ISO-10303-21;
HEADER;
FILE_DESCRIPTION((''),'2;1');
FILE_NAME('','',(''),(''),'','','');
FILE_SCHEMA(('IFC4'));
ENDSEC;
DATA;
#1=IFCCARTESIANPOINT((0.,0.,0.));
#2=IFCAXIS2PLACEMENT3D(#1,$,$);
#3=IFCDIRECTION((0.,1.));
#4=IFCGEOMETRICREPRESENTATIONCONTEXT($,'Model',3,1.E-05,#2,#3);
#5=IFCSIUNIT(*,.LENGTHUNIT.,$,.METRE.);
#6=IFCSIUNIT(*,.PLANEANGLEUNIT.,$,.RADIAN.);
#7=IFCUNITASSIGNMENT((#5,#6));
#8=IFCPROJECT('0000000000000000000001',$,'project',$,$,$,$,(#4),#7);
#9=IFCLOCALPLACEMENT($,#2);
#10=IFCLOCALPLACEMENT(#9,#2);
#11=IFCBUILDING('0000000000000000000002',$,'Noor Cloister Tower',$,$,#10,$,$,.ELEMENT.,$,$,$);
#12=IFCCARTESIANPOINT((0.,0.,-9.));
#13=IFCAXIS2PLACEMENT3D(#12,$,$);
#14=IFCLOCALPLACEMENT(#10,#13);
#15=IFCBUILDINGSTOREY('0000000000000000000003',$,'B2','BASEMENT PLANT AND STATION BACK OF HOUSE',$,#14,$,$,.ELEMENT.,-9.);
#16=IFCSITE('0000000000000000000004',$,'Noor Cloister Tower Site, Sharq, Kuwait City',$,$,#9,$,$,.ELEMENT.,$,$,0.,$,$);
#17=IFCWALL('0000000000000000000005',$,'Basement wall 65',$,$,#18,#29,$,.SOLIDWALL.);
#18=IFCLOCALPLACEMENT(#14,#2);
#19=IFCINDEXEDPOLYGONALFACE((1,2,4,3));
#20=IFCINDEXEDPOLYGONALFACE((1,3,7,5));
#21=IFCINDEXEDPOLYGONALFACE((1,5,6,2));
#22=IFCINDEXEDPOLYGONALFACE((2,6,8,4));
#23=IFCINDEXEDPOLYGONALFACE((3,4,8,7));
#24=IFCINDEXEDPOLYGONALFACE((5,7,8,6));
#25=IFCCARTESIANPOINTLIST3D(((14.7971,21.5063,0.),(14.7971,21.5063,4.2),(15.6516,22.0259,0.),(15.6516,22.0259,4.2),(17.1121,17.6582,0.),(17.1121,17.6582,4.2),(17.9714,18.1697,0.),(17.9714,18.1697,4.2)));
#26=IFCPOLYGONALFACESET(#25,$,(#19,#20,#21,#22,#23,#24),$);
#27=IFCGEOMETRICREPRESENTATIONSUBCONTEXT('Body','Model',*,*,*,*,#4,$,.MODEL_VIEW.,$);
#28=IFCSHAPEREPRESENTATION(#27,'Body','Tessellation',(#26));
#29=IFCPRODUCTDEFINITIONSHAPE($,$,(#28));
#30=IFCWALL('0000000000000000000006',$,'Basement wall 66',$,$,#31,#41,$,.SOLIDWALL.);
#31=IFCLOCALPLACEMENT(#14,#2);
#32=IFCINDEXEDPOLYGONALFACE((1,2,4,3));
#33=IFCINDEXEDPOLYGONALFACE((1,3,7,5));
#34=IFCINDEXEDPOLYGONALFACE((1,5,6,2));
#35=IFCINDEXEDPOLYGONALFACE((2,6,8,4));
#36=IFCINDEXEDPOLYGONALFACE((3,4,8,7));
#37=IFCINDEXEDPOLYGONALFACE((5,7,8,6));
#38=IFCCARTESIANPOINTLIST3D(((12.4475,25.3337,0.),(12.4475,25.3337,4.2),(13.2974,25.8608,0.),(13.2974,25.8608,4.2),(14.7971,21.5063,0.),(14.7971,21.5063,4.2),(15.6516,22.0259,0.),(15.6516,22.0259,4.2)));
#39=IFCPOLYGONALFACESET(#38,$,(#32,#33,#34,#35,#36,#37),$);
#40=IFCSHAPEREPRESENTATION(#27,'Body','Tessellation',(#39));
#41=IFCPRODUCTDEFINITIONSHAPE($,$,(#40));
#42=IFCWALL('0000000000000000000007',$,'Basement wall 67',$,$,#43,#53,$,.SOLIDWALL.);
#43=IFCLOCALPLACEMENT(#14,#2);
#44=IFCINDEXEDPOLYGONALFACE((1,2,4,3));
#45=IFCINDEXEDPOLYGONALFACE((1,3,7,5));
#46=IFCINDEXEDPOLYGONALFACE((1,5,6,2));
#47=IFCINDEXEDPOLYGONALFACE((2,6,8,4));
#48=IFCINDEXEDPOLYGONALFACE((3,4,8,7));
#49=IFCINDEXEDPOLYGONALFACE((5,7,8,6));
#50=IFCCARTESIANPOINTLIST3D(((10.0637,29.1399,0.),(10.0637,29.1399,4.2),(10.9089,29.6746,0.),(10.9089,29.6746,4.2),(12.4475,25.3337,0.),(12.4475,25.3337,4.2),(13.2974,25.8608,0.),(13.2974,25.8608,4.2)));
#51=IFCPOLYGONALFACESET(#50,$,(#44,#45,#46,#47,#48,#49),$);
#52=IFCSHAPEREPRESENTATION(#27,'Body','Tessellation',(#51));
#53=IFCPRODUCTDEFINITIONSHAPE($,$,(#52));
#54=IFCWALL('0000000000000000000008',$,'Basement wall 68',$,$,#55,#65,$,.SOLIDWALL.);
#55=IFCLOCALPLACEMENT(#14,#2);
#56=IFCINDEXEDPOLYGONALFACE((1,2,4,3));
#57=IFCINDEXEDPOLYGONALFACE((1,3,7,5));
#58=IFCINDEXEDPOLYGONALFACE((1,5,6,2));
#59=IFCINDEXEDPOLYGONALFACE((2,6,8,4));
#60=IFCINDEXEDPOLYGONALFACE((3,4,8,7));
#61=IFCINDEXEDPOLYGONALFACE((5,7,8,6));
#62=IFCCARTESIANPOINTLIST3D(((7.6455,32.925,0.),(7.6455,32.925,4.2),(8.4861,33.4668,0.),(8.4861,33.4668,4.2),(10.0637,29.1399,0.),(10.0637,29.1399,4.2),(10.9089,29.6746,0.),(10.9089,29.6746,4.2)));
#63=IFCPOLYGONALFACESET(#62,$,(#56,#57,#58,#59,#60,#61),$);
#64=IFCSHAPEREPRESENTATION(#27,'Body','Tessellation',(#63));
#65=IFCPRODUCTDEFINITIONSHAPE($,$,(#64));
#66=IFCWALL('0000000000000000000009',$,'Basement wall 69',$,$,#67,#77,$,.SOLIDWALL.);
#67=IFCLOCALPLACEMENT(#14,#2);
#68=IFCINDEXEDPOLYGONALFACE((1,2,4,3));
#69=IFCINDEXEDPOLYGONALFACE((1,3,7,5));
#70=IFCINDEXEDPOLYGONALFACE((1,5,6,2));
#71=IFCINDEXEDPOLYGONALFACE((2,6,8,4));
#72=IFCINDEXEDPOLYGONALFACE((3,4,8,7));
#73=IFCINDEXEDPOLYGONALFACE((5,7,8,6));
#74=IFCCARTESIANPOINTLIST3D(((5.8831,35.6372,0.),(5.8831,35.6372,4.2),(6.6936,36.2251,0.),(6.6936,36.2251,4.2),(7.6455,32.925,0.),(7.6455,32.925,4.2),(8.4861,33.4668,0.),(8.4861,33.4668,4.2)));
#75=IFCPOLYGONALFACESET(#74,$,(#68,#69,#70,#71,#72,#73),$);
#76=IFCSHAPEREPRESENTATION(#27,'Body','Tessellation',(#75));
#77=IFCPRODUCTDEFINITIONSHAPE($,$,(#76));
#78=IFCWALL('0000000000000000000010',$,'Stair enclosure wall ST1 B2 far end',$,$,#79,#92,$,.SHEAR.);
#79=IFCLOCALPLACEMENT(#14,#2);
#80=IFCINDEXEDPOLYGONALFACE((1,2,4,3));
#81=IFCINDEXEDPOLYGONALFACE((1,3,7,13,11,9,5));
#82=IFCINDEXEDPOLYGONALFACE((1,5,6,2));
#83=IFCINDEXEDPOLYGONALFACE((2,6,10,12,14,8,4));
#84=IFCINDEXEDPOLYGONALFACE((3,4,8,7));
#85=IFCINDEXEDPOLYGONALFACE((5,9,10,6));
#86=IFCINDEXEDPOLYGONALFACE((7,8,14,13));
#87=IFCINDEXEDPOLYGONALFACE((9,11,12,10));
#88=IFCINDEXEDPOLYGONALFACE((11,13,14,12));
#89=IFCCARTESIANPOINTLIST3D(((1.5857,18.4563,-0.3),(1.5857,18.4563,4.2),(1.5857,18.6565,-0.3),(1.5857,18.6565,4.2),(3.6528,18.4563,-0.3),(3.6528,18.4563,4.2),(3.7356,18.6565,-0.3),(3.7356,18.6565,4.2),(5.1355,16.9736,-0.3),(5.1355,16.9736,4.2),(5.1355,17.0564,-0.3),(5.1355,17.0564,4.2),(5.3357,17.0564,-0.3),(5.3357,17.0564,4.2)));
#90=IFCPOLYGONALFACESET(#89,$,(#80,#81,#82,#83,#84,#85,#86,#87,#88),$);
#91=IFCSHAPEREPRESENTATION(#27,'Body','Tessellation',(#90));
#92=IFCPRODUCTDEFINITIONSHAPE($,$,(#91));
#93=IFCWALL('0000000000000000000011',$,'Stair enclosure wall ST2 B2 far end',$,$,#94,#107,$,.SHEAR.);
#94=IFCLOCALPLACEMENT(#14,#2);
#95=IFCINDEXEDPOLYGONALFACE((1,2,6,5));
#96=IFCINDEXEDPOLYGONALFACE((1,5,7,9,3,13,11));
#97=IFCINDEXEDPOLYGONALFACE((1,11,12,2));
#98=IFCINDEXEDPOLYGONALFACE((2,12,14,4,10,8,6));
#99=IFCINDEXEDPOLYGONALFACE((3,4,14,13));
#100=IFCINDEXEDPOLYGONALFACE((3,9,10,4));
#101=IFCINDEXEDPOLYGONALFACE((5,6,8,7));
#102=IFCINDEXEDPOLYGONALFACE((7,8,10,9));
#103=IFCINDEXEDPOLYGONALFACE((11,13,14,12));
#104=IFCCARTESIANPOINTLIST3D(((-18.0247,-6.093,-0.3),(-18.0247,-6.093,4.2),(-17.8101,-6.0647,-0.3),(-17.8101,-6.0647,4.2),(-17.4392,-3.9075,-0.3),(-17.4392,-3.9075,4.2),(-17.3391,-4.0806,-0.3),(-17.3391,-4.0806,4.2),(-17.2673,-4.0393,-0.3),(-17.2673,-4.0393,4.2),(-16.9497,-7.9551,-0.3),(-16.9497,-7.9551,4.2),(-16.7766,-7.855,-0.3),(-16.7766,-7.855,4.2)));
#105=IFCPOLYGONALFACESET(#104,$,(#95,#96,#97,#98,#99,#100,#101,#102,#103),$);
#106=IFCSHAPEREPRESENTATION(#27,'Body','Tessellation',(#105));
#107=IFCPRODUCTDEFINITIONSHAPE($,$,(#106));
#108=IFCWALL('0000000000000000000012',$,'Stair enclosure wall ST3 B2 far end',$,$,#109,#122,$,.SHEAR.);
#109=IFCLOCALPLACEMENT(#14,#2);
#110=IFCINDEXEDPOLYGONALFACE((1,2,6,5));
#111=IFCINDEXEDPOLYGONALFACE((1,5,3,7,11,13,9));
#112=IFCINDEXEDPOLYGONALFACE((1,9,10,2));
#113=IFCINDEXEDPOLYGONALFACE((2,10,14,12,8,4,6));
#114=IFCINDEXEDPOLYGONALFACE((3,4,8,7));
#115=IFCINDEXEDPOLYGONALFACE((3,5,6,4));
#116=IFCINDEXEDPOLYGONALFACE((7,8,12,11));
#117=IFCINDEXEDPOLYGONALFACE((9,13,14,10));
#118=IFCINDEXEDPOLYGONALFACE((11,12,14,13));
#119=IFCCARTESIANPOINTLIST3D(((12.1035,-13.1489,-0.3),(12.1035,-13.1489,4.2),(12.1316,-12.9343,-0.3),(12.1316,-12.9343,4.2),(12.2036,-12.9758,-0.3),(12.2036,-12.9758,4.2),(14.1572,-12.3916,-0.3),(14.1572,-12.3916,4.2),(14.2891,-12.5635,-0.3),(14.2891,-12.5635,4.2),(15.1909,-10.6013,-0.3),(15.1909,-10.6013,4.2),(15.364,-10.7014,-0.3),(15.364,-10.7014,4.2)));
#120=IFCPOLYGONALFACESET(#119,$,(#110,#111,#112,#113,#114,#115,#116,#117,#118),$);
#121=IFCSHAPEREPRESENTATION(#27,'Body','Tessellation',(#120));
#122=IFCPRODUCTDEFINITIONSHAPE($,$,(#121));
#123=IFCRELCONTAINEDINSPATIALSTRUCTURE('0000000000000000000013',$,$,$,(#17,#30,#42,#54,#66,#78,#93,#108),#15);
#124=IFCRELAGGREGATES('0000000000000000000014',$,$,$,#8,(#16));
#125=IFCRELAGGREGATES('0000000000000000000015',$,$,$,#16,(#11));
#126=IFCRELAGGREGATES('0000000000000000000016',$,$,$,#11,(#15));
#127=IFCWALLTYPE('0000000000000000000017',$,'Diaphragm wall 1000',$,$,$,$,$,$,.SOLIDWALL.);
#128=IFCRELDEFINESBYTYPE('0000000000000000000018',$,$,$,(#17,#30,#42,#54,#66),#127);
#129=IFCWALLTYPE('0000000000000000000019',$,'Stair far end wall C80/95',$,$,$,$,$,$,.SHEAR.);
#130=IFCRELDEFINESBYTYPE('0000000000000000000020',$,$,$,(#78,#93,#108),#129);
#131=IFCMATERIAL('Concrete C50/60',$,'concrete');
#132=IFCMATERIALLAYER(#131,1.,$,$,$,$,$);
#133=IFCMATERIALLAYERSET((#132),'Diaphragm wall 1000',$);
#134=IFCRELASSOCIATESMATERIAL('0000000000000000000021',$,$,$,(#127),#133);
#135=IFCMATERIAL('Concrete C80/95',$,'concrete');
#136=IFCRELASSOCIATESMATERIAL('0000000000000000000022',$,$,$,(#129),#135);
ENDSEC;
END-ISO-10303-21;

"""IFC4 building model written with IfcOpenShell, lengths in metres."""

from ifc_helpers import new_model, si_unit, direction, frame, origin, place, context, subcontext, project, spatial, polyline, outline, extrude, material, layer, layer_set, type_object, element, save


model = new_model("IFC4")

# Units and contexts
model_context = context("Model", 3, precision=1e-05, world=origin(), true_north=direction((0.0, 1.0)))
body_context = subcontext(model_context, "Body", "Model", "MODEL_VIEW")
ifc_project = project(units=[si_unit("LENGTHUNIT", "METRE"), si_unit("PLANEANGLEUNIT", "RADIAN")], contexts=[model_context])

# Site, building, storey
site_placement = place(None, origin())
site = spatial("IfcSite", under=ifc_project, at=site_placement, Name="Noor Cloister Tower Site, Sharq, Kuwait City", CompositionType="ELEMENT", RefElevation=0.0)
building_placement = place(site_placement, origin())
building = spatial("IfcBuilding", under=site, at=building_placement, Name="Noor Cloister Tower", CompositionType="ELEMENT")
storey_placement = place(building_placement, frame((0.0, 0.0, -9.0)))
storey = spatial("IfcBuildingStorey", under=building, at=storey_placement, Name="B2", Description="BASEMENT PLANT AND STATION BACK OF HOUSE", CompositionType="ELEMENT", Elevation=-9.0)

# Walls
ifc_material_1 = material(Name="Concrete C50/60", Category="concrete")
ifc_layer_1 = layer(ifc_material_1, 1.0)
ifc_layer_set_1 = layer_set([ifc_layer_1], Name="Diaphragm wall 1000")
wall_type_1 = type_object("IfcWallType", Name="Diaphragm wall 1000", PredefinedType="SOLIDWALL", material=ifc_layer_set_1)
wall_1_placement = place(storey_placement, origin())
element("IfcWall", 1, at=wall_1_placement, inside=storey, type_object=wall_type_1, Name="Basement wall 65", PredefinedType="SOLIDWALL", context=body_context, shape_type="SweptSolid", body=[
    extrude(outline(polyline([(17.9714, 18.1697), (15.6516, 22.0259), (14.7971, 21.5063), (17.1121, 17.6582), (17.9714, 18.1697)])), origin(), (0.0, 0.0, 1.0), 4.2),
])
wall_2_placement = place(storey_placement, origin())
element("IfcWall", 2, at=wall_2_placement, inside=storey, type_object=wall_type_1, Name="Basement wall 66", PredefinedType="SOLIDWALL", context=body_context, shape_type="SweptSolid", body=[
    extrude(outline(polyline([(15.6516, 22.0259), (13.2974, 25.8608), (12.4475, 25.3337), (14.7971, 21.5063), (15.6516, 22.0259)])), origin(), (0.0, 0.0, 1.0), 4.2),
])
wall_3_placement = place(storey_placement, origin())
element("IfcWall", 3, at=wall_3_placement, inside=storey, type_object=wall_type_1, Name="Basement wall 67", PredefinedType="SOLIDWALL", context=body_context, shape_type="SweptSolid", body=[
    extrude(outline(polyline([(13.2974, 25.8608), (10.9089, 29.6746), (10.0637, 29.1399), (12.4475, 25.3337), (13.2974, 25.8608)])), origin(), (0.0, 0.0, 1.0), 4.2),
])
wall_4_placement = place(storey_placement, origin())
element("IfcWall", 4, at=wall_4_placement, inside=storey, type_object=wall_type_1, Name="Basement wall 68", PredefinedType="SOLIDWALL", context=body_context, shape_type="SweptSolid", body=[
    extrude(outline(polyline([(10.9089, 29.6746), (8.4861, 33.4668), (7.6455, 32.925), (10.0637, 29.1399), (10.9089, 29.6746)])), origin(), (0.0, 0.0, 1.0), 4.2),
])
wall_5_placement = place(storey_placement, origin())
element("IfcWall", 5, at=wall_5_placement, inside=storey, type_object=wall_type_1, Name="Basement wall 69", PredefinedType="SOLIDWALL", context=body_context, shape_type="SweptSolid", body=[
    extrude(outline(polyline([(8.4861, 33.4668), (6.6936, 36.2251), (5.8831, 35.6372), (7.6455, 32.925), (8.4861, 33.4668)])), origin(), (0.0, 0.0, 1.0), 4.2),
])
ifc_material_2 = material(Name="Concrete C80/95", Category="concrete")
wall_type_2 = type_object("IfcWallType", Name="Stair far end wall C80/95", PredefinedType="SHEAR", material=ifc_material_2)
wall_6_placement = place(storey_placement, frame((0.0, 0.0, -0.3)))
element("IfcWall", 6, at=wall_6_placement, inside=storey, type_object=wall_type_2, Name="Stair enclosure wall ST1 B2 far end", PredefinedType="SHEAR", context=body_context, shape_type="SweptSolid", body=[
    extrude(outline(polyline([(5.3357, 17.0564), (3.7356, 18.6565), (1.5857, 18.6565), (1.5857, 18.4563), (3.6528, 18.4563), (5.1355, 16.9736), (5.1355, 17.0564), (5.1355, 17.0564), (5.1355, 17.0564), (5.1355, 17.0564), (5.1355, 17.0564), (5.1355, 17.0564), (5.1355, 17.0564), (5.1355, 17.0564), (5.1355, 17.0564), (5.1355, 17.0564), (5.1355, 17.0564), (5.1355, 17.0564), (5.1355, 17.0564), (5.1355, 17.0564), (5.1355, 17.0564), (5.1355, 17.0564), (5.1355, 17.0564), (5.3357, 17.0564)])), origin(), (0.0, 0.0, 1.0), 4.5),
])
wall_7_placement = place(storey_placement, frame((0.0, 0.0, -0.3)))
element("IfcWall", 7, at=wall_7_placement, inside=storey, type_object=wall_type_2, Name="Stair enclosure wall ST2 B2 far end", PredefinedType="SHEAR", context=body_context, shape_type="SweptSolid", body=[
    extrude(outline(polyline([(-17.4392, -3.9075), (-18.0247, -6.093), (-16.9497, -7.9551), (-16.7766, -7.855), (-17.8101, -6.0647), (-17.2673, -4.0393), (-17.3391, -4.0806), (-17.3391, -4.0806), (-17.3391, -4.0806), (-17.3391, -4.0806), (-17.3391, -4.0806), (-17.3391, -4.0806), (-17.3391, -4.0806), (-17.3391, -4.0806), (-17.3391, -4.0806), (-17.3391, -4.0806), (-17.3391, -4.0806), (-17.3391, -4.0806), (-17.3391, -4.0806), (-17.3391, -4.0806), (-17.3391, -4.0806), (-17.3391, -4.0806), (-17.3391, -4.0806), (-17.4392, -3.9075)])), origin(), (0.0, 0.0, 1.0), 4.5),
])
wall_8_placement = place(storey_placement, frame((0.0, 0.0, -0.3)))
element("IfcWall", 8, at=wall_8_placement, inside=storey, type_object=wall_type_2, Name="Stair enclosure wall ST3 B2 far end", PredefinedType="SHEAR", context=body_context, shape_type="SweptSolid", body=[
    extrude(outline(polyline([(12.1035, -13.1489), (14.2891, -12.5635), (15.364, -10.7014), (15.1909, -10.6013), (14.1572, -12.3916), (12.1316, -12.9343), (12.2036, -12.9758), (12.2036, -12.9758), (12.2036, -12.9758), (12.2036, -12.9758), (12.2036, -12.9758), (12.2036, -12.9758), (12.2036, -12.9758), (12.2036, -12.9758), (12.2036, -12.9758), (12.2036, -12.9758), (12.2036, -12.9758), (12.2036, -12.9758), (12.2036, -12.9758), (12.2036, -12.9758), (12.2036, -12.9758), (12.2036, -12.9758), (12.2036, -12.9758), (12.1035, -13.1489)])), origin(), (0.0, 0.0, 1.0), 4.5),
])

save(model, "model.ifc")
